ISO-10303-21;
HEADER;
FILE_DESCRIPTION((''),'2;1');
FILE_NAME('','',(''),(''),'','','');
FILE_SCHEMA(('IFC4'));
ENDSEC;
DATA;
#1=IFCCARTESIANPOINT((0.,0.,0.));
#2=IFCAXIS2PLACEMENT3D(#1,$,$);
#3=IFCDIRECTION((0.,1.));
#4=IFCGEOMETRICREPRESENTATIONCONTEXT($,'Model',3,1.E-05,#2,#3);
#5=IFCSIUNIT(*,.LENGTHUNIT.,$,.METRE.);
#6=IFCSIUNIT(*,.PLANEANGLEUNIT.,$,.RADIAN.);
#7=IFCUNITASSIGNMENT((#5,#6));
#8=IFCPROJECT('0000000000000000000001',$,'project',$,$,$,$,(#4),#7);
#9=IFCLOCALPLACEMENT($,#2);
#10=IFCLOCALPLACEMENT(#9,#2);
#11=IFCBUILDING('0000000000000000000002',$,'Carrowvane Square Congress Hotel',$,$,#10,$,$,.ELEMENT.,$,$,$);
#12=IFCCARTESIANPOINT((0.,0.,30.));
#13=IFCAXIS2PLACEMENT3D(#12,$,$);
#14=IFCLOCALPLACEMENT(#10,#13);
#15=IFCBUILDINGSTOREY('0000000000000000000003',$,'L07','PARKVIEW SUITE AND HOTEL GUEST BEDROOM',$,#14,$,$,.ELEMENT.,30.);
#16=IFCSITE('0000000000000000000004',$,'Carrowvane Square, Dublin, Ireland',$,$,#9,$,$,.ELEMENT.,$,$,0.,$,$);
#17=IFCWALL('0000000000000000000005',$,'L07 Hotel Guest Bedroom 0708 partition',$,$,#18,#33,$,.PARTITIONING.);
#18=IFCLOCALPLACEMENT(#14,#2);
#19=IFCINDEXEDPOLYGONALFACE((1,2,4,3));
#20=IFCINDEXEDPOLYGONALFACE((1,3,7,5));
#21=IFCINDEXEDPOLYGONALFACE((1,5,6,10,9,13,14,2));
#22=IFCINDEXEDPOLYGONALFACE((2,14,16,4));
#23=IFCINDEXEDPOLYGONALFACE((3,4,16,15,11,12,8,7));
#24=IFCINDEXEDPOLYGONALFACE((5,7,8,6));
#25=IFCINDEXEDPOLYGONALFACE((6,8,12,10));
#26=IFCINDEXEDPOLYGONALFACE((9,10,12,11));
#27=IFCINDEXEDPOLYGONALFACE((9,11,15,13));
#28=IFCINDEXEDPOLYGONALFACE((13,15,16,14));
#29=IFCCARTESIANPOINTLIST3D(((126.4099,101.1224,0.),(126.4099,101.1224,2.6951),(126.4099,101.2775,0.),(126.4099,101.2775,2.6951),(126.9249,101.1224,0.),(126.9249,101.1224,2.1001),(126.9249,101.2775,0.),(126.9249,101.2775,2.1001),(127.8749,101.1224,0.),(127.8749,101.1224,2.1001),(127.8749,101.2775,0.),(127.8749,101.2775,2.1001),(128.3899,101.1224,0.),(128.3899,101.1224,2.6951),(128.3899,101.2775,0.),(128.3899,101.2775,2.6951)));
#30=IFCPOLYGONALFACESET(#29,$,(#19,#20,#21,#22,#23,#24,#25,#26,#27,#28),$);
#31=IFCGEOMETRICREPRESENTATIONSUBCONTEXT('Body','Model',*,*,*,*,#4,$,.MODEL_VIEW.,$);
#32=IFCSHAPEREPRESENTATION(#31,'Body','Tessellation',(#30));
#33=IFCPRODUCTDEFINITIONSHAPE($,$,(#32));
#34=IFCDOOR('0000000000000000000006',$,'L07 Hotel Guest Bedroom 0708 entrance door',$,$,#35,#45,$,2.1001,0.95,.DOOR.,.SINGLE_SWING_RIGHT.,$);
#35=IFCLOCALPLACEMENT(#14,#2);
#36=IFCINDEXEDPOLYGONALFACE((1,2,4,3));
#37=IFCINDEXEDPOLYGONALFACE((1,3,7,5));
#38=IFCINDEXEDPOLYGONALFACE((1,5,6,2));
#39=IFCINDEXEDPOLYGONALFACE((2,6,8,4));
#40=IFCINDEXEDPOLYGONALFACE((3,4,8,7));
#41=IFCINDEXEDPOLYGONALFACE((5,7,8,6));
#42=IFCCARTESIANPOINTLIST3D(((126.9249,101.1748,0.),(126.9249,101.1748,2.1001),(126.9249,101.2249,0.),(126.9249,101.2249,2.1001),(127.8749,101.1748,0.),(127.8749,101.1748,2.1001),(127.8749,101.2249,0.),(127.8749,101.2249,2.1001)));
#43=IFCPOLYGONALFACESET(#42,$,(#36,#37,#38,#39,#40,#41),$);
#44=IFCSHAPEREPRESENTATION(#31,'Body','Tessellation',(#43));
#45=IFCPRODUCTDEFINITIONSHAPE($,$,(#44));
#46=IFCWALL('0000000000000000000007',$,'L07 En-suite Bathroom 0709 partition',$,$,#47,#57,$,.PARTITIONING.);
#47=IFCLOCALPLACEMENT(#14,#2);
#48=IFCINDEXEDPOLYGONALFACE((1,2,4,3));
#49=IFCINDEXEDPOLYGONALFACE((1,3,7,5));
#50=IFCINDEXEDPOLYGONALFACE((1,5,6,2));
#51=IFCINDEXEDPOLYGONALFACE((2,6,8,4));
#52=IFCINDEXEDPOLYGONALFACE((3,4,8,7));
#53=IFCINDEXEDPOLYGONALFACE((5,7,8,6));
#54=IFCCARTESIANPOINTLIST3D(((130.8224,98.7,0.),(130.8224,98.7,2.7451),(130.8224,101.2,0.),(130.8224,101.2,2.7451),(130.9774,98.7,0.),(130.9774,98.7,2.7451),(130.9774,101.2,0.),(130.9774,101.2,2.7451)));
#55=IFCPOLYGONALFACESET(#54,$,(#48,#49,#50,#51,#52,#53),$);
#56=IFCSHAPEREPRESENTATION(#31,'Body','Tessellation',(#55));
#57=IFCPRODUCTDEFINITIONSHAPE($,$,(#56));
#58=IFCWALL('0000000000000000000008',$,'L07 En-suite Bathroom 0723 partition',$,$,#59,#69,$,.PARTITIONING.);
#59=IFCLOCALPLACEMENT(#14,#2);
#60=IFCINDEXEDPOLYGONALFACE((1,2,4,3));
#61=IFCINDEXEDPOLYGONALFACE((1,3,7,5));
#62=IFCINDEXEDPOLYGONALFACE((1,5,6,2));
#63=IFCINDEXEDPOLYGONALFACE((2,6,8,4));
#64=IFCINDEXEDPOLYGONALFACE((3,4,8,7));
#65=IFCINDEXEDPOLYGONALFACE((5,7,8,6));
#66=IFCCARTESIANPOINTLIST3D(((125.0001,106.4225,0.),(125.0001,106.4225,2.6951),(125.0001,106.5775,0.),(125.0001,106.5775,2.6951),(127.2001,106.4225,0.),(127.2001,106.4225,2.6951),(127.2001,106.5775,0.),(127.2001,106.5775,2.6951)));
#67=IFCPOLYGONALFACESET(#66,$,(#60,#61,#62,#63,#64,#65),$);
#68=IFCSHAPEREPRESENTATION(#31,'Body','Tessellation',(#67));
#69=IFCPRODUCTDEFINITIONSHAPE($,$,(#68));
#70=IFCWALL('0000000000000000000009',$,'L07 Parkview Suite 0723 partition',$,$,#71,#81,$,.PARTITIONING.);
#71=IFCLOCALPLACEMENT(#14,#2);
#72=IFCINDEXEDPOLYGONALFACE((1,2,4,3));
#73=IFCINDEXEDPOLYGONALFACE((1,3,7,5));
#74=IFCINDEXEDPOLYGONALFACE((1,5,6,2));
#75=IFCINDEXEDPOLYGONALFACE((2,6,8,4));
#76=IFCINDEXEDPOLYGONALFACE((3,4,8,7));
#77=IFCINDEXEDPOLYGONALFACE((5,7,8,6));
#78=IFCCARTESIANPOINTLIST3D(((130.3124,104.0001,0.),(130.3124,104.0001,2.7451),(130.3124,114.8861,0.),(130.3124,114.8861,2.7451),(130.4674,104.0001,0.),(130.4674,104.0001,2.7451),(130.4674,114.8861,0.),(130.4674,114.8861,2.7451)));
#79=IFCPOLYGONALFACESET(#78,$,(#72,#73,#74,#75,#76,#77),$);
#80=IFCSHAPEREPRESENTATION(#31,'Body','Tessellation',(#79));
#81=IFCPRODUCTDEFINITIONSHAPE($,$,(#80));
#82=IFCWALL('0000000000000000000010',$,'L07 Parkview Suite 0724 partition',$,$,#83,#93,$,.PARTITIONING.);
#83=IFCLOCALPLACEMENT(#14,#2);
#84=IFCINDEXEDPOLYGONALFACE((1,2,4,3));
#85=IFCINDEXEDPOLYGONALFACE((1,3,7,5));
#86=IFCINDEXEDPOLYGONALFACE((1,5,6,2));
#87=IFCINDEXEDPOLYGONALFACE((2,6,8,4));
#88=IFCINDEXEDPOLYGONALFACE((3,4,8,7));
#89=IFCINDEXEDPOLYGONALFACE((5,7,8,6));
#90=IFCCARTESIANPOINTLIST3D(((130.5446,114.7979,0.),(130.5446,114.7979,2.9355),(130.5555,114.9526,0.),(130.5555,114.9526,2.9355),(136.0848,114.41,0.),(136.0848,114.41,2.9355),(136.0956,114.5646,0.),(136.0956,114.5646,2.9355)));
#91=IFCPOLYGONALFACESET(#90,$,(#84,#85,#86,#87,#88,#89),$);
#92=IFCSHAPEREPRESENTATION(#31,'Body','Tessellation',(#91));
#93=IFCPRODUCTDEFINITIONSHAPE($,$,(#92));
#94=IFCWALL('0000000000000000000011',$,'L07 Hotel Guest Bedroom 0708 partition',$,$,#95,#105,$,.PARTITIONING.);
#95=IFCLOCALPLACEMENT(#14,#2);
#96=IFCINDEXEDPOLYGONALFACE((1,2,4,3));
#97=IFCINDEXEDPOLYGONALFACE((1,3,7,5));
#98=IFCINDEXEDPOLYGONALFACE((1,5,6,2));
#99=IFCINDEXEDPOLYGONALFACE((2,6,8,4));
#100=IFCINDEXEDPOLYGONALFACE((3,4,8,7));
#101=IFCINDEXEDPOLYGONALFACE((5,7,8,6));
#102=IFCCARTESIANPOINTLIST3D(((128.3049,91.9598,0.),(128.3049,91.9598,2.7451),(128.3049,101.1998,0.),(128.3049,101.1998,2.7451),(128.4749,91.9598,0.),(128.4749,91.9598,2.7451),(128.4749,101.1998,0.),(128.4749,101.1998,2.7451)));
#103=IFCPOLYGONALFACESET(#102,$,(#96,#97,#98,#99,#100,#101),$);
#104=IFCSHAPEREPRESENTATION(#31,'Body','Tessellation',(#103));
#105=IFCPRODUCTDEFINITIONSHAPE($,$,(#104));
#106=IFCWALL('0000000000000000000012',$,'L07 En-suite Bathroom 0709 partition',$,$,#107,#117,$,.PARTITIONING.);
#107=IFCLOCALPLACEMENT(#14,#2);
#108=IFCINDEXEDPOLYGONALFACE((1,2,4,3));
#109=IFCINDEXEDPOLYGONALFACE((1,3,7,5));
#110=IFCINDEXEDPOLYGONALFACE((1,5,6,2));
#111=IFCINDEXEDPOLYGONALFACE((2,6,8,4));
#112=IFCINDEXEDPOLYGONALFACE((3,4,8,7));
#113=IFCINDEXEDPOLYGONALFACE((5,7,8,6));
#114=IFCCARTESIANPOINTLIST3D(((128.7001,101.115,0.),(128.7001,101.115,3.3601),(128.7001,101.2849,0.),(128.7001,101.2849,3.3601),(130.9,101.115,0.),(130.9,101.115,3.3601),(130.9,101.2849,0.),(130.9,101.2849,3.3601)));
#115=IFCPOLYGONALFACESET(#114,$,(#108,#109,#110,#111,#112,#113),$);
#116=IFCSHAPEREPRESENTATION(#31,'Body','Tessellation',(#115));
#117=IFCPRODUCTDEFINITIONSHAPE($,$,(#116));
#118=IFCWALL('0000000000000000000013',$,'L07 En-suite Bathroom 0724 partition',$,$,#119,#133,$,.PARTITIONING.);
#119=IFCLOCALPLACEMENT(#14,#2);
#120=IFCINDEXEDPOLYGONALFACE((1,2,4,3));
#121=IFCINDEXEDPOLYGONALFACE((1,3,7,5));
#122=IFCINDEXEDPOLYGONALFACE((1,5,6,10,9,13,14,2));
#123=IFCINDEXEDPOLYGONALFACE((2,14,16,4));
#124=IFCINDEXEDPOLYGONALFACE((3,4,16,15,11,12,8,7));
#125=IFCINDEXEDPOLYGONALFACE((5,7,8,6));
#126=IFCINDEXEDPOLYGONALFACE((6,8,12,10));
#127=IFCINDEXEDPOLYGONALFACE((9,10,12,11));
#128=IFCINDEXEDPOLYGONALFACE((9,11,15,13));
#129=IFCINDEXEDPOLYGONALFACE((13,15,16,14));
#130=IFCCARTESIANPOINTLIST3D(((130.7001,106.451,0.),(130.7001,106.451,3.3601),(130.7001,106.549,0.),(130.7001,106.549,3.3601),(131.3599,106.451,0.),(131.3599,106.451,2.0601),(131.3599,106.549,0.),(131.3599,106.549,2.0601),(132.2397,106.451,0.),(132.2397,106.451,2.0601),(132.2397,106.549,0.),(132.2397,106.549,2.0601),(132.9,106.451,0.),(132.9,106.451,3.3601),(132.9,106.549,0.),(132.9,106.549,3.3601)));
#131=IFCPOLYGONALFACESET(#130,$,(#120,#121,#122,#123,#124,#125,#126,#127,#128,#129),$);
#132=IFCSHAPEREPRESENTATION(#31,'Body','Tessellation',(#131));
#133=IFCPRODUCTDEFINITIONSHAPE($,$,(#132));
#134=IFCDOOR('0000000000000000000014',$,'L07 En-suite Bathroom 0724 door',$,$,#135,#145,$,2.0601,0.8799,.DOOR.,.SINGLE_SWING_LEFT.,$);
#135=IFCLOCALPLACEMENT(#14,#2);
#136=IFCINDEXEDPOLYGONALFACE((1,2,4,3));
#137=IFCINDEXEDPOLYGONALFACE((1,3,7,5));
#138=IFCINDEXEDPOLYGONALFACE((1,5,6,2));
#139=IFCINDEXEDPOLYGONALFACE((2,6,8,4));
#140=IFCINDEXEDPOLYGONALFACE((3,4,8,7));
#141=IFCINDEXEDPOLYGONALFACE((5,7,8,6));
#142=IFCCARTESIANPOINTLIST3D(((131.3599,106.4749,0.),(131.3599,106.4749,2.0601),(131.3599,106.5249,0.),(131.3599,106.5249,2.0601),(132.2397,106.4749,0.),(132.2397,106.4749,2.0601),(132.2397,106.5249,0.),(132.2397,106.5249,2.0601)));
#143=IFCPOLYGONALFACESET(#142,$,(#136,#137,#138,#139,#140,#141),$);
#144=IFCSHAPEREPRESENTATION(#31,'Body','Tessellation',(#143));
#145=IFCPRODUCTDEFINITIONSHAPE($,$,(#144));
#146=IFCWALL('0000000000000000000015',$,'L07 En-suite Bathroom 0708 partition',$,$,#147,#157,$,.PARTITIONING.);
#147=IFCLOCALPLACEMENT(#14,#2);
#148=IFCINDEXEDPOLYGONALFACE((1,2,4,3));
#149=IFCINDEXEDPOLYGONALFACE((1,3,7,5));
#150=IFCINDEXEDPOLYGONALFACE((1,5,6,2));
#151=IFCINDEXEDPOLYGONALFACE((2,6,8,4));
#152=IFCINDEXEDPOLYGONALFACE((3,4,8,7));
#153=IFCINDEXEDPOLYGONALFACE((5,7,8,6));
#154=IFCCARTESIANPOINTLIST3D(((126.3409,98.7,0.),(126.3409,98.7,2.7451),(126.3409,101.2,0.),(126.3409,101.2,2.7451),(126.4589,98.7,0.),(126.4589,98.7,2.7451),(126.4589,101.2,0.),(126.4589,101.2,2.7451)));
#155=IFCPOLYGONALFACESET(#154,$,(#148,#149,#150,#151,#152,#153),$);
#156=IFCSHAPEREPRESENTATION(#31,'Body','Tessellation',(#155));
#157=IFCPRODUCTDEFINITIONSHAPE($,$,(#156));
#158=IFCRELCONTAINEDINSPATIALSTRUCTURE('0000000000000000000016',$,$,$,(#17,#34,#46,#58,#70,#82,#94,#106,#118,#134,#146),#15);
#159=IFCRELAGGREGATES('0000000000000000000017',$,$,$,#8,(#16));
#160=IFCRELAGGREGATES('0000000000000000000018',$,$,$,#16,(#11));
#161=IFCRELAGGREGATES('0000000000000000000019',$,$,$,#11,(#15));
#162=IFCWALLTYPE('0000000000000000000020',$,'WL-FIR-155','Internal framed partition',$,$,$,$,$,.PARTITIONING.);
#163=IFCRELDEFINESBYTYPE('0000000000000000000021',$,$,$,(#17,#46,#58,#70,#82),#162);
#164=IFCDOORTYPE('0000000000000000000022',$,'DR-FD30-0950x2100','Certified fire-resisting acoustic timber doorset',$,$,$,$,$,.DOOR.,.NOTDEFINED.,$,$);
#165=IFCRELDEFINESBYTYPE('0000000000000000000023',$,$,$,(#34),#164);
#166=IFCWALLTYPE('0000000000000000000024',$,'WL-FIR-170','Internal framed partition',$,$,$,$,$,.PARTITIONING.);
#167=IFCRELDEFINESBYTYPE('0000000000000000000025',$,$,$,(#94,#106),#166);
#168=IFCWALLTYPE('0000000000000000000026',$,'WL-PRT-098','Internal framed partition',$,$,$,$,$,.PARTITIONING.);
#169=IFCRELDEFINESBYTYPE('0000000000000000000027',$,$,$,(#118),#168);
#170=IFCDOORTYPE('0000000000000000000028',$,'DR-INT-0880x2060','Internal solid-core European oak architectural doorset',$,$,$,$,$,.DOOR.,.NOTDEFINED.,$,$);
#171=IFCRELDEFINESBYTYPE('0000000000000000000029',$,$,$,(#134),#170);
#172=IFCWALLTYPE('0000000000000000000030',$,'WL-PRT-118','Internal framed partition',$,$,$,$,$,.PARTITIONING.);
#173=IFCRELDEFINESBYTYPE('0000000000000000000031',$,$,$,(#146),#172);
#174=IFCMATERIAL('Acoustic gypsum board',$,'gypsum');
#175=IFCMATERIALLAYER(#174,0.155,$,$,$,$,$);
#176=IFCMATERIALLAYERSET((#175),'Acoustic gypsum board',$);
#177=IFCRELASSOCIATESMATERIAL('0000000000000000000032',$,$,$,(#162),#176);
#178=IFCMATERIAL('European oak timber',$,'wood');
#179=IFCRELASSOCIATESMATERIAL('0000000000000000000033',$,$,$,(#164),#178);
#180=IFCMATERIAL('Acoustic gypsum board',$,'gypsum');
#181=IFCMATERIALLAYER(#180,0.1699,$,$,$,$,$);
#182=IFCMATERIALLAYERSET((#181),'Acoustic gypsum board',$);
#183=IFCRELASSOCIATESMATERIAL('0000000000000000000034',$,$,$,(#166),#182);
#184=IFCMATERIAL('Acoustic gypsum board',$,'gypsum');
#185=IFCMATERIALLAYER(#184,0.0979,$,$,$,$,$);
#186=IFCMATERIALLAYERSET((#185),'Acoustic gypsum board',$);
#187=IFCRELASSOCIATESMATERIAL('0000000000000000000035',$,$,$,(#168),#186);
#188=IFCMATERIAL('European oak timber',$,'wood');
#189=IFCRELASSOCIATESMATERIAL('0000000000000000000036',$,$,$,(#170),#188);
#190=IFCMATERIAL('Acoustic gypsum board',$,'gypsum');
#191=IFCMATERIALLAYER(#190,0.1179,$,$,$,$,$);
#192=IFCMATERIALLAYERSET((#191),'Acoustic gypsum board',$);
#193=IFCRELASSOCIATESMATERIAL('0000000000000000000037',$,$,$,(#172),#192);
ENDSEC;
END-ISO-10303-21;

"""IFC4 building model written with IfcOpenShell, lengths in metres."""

from ifc_helpers import new_model, si_unit, direction, frame, frame_2d, origin, place, context, subcontext, project, spatial, rectangle, extrude, material, layer, layer_set, type_object, element, fill, save


model = new_model("IFC4")

# Units and contexts
model_context = context("Model", 3, precision=1e-05, world=origin(), true_north=direction((0.0, 1.0)))
body_context = subcontext(model_context, "Body", "Model", "MODEL_VIEW")
ifc_project = project(units=[si_unit("LENGTHUNIT", "METRE"), si_unit("PLANEANGLEUNIT", "RADIAN")], contexts=[model_context])

# Site, building, storey
site_placement = place(None, origin())
site = spatial("IfcSite", under=ifc_project, at=site_placement, Name="Carrowvane Square, Dublin, Ireland", CompositionType="ELEMENT", RefElevation=0.0)
building_placement = place(site_placement, origin())
building = spatial("IfcBuilding", under=site, at=building_placement, Name="Carrowvane Square Congress Hotel", CompositionType="ELEMENT")
storey_placement = place(building_placement, frame((0.0, 0.0, 30.0)))
storey = spatial("IfcBuildingStorey", under=building, at=storey_placement, Name="L07", Description="PARKVIEW SUITE AND HOTEL GUEST BEDROOM", CompositionType="ELEMENT", Elevation=30.0)

# Wall, opening, door
ifc_material_1 = material(Name="Acoustic gypsum board", Category="gypsum")
ifc_layer_1 = layer(ifc_material_1, 0.155)
ifc_layer_set_1 = layer_set([ifc_layer_1], Name="Acoustic gypsum board")
wall_type_1 = type_object("IfcWallType", Name="WL-FIR-155", Description="Internal framed partition", PredefinedType="PARTITIONING", material=ifc_layer_set_1)
wall_1_placement = place(storey_placement, frame((126.4099, 101.2, 0.0), z_axis=(0.0, 0.0, 1.0), x_axis=(1.0, 0.0, 0.0)))
wall_1 = element("IfcWall", 1, at=wall_1_placement, inside=storey, type_object=wall_type_1, Name="L07 Hotel Guest Bedroom 0708 partition", PredefinedType="PARTITIONING", context=body_context, shape_type="SweptSolid", body=[
    extrude(rectangle(XDim=1.98, YDim=0.155, at=frame_2d((0.99, 0.0))), origin(), (0.0, 0.0, 1.0), 2.6951),
])
opening_1_placement = place(wall_1_placement, frame((0.5149, 0.0, 0.0)))
opening_1 = element("IfcOpeningElement", 2, at=opening_1_placement, cuts=wall_1, PredefinedType="OPENING", context=body_context, shape_type="SweptSolid", body=[
    extrude(rectangle(XDim=0.95, YDim=2.1001, at=frame_2d((0.4751, 1.05))), frame((0.0, 0.0874, 0.0), z_axis=(0.0, -1.0, 0.0), x_axis=(1.0, 0.0, 0.0)), (0.0, 0.0, 1.0), 0.175),
])
ifc_material_2 = material(Name="European oak timber", Category="wood")
door_type_1 = type_object("IfcDoorType", Name="DR-FD30-0950x2100", Description="Certified fire-resisting acoustic timber doorset", OperationType="NOTDEFINED", PredefinedType="DOOR", material=ifc_material_2)
door_1_placement = place(opening_1_placement, origin())
door_1 = element("IfcDoor", 3, at=door_1_placement, inside=storey, type_object=door_type_1, Name="L07 Hotel Guest Bedroom 0708 entrance door", OperationType="SINGLE_SWING_RIGHT", OverallHeight=2.1001, OverallWidth=0.95, PredefinedType="DOOR", context=body_context, shape_type="SweptSolid", body=[
    extrude(rectangle(XDim=0.95, YDim=2.1001, at=frame_2d((0.4751, 1.05))), frame((0.0, 0.0249, 0.0), z_axis=(0.0, -1.0, 0.0), x_axis=(1.0, 0.0, 0.0)), (0.0, 0.0, 1.0), 0.05),
])
fill(opening_1, door_1)

# Wall
wall_2_placement = place(storey_placement, frame((130.8999, 101.2, 0.0), z_axis=(0.0, 0.0, 1.0), x_axis=(0.0, -1.0, 0.0)))
element("IfcWall", 4, at=wall_2_placement, inside=storey, type_object=wall_type_1, Name="L07 En-suite Bathroom 0709 partition", PredefinedType="PARTITIONING", context=body_context, shape_type="SweptSolid", body=[
    extrude(rectangle(XDim=2.5, YDim=0.155, at=frame_2d((1.25, 0.0))), origin(), (0.0, 0.0, 1.0), 2.7451),
])

# Walls
wall_3_placement = place(storey_placement, frame((125.0, 106.5, 0.0), z_axis=(0.0, 0.0, 1.0), x_axis=(1.0, 0.0, 0.0)))
element("IfcWall", 5, at=wall_3_placement, inside=storey, type_object=wall_type_1, Name="L07 En-suite Bathroom 0723 partition", PredefinedType="PARTITIONING", context=body_context, shape_type="SweptSolid", body=[
    extrude(rectangle(XDim=2.2, YDim=0.155, at=frame_2d((1.1001, 0.0))), origin(), (0.0, 0.0, 1.0), 2.6951),
])
wall_4_placement = place(storey_placement, frame((130.3899, 114.886, 0.0), z_axis=(0.0, 0.0, 1.0), x_axis=(0.0, -1.0, 0.0)))
element("IfcWall", 6, at=wall_4_placement, inside=storey, type_object=wall_type_1, Name="L07 Parkview Suite 0723 partition", PredefinedType="PARTITIONING", context=body_context, shape_type="SweptSolid", body=[
    extrude(rectangle(XDim=10.886, YDim=0.155, at=frame_2d((5.4429, 0.0))), origin(), (0.0, 0.0, 1.0), 2.7451),
])
wall_5_placement = place(storey_placement, frame((130.55, 114.8752, 0.0), z_axis=(0.0, 0.0, 1.0), x_axis=(0.997557, -0.069854, 0.0)))
element("IfcWall", 7, at=wall_5_placement, inside=storey, type_object=wall_type_1, Name="L07 Parkview Suite 0724 partition", PredefinedType="PARTITIONING", context=body_context, shape_type="SweptSolid", body=[
    extrude(rectangle(XDim=5.5537, YDim=0.155, at=frame_2d((2.7769, 0.0))), origin(), (0.0, 0.0, 1.0), 2.9355),
])
ifc_material_3 = material(Name="Acoustic gypsum board", Category="gypsum")
ifc_layer_2 = layer(ifc_material_3, 0.1699)
ifc_layer_set_2 = layer_set([ifc_layer_2], Name="Acoustic gypsum board")
wall_type_2 = type_object("IfcWallType", Name="WL-FIR-170", Description="Internal framed partition", PredefinedType="PARTITIONING", material=ifc_layer_set_2)
wall_6_placement = place(storey_placement, frame((128.3899, 101.2, 0.0), z_axis=(0.0, 0.0, 1.0), x_axis=(0.0, -1.0, 0.0)))
element("IfcWall", 8, at=wall_6_placement, inside=storey, type_object=wall_type_2, Name="L07 Hotel Guest Bedroom 0708 partition", PredefinedType="PARTITIONING", context=body_context, shape_type="SweptSolid", body=[
    extrude(rectangle(XDim=9.24, YDim=0.1699, at=frame_2d((4.6201, 0.0))), origin(), (0.0, 0.0, 1.0), 2.7451),
])
wall_7_placement = place(storey_placement, frame((128.7, 101.2, 0.0), z_axis=(0.0, 0.0, 1.0), x_axis=(1.0, 0.0, 0.0)))
element("IfcWall", 9, at=wall_7_placement, inside=storey, type_object=wall_type_2, Name="L07 En-suite Bathroom 0709 partition", PredefinedType="PARTITIONING", context=body_context, shape_type="SweptSolid", body=[
    extrude(rectangle(XDim=2.2, YDim=0.1699, at=frame_2d((1.1001, 0.0))), origin(), (0.0, 0.0, 1.0), 3.3601),
])

# Wall, opening, door
ifc_material_4 = material(Name="Acoustic gypsum board", Category="gypsum")
ifc_layer_3 = layer(ifc_material_4, 0.0979)
ifc_layer_set_3 = layer_set([ifc_layer_3], Name="Acoustic gypsum board")
wall_type_3 = type_object("IfcWallType", Name="WL-PRT-098", Description="Internal framed partition", PredefinedType="PARTITIONING", material=ifc_layer_set_3)
wall_8_placement = place(storey_placement, frame((130.7, 106.5, 0.0), z_axis=(0.0, 0.0, 1.0), x_axis=(1.0, 0.0, 0.0)))
wall_8 = element("IfcWall", 10, at=wall_8_placement, inside=storey, type_object=wall_type_3, Name="L07 En-suite Bathroom 0724 partition", PredefinedType="PARTITIONING", context=body_context, shape_type="SweptSolid", body=[
    extrude(rectangle(XDim=2.2, YDim=0.0979, at=frame_2d((1.1001, 0.0))), origin(), (0.0, 0.0, 1.0), 3.3601),
])
opening_2_placement = place(wall_8_placement, frame((0.6599, 0.0, 0.0)))
opening_2 = element("IfcOpeningElement", 11, at=opening_2_placement, cuts=wall_8, PredefinedType="OPENING", context=body_context, shape_type="SweptSolid", body=[
    extrude(rectangle(XDim=0.8799, YDim=2.0601, at=frame_2d((0.4399, 1.03))), frame((0.0, 0.0588, 0.0), z_axis=(0.0, -1.0, 0.0), x_axis=(1.0, 0.0, 0.0)), (0.0, 0.0, 1.0), 0.1179),
])
ifc_material_5 = material(Name="European oak timber", Category="wood")
door_type_2 = type_object("IfcDoorType", Name="DR-INT-0880x2060", Description="Internal solid-core European oak architectural doorset", OperationType="NOTDEFINED", PredefinedType="DOOR", material=ifc_material_5)
door_2_placement = place(opening_2_placement, origin())
door_2 = element("IfcDoor", 12, at=door_2_placement, inside=storey, type_object=door_type_2, Name="L07 En-suite Bathroom 0724 door", OperationType="SINGLE_SWING_LEFT", OverallHeight=2.0601, OverallWidth=0.8799, PredefinedType="DOOR", context=body_context, shape_type="SweptSolid", body=[
    extrude(rectangle(XDim=0.8799, YDim=2.0601, at=frame_2d((0.4399, 1.03))), frame((0.0, 0.0249, 0.0), z_axis=(0.0, -1.0, 0.0), x_axis=(1.0, 0.0, 0.0)), (0.0, 0.0, 1.0), 0.05),
])
fill(opening_2, door_2)

# Wall
ifc_material_6 = material(Name="Acoustic gypsum board", Category="gypsum")
ifc_layer_4 = layer(ifc_material_6, 0.1179)
ifc_layer_set_4 = layer_set([ifc_layer_4], Name="Acoustic gypsum board")
wall_type_4 = type_object("IfcWallType", Name="WL-PRT-118", Description="Internal framed partition", PredefinedType="PARTITIONING", material=ifc_layer_set_4)
wall_9_placement = place(storey_placement, frame((126.3999, 101.2, 0.0), z_axis=(0.0, 0.0, 1.0), x_axis=(0.0, -1.0, 0.0)))
element("IfcWall", 13, at=wall_9_placement, inside=storey, type_object=wall_type_4, Name="L07 En-suite Bathroom 0708 partition", PredefinedType="PARTITIONING", context=body_context, shape_type="SweptSolid", body=[
    extrude(rectangle(XDim=2.5, YDim=0.1179, at=frame_2d((1.25, 0.0))), origin(), (0.0, 0.0, 1.0), 2.7451),
])

save(model, "model.ifc")
